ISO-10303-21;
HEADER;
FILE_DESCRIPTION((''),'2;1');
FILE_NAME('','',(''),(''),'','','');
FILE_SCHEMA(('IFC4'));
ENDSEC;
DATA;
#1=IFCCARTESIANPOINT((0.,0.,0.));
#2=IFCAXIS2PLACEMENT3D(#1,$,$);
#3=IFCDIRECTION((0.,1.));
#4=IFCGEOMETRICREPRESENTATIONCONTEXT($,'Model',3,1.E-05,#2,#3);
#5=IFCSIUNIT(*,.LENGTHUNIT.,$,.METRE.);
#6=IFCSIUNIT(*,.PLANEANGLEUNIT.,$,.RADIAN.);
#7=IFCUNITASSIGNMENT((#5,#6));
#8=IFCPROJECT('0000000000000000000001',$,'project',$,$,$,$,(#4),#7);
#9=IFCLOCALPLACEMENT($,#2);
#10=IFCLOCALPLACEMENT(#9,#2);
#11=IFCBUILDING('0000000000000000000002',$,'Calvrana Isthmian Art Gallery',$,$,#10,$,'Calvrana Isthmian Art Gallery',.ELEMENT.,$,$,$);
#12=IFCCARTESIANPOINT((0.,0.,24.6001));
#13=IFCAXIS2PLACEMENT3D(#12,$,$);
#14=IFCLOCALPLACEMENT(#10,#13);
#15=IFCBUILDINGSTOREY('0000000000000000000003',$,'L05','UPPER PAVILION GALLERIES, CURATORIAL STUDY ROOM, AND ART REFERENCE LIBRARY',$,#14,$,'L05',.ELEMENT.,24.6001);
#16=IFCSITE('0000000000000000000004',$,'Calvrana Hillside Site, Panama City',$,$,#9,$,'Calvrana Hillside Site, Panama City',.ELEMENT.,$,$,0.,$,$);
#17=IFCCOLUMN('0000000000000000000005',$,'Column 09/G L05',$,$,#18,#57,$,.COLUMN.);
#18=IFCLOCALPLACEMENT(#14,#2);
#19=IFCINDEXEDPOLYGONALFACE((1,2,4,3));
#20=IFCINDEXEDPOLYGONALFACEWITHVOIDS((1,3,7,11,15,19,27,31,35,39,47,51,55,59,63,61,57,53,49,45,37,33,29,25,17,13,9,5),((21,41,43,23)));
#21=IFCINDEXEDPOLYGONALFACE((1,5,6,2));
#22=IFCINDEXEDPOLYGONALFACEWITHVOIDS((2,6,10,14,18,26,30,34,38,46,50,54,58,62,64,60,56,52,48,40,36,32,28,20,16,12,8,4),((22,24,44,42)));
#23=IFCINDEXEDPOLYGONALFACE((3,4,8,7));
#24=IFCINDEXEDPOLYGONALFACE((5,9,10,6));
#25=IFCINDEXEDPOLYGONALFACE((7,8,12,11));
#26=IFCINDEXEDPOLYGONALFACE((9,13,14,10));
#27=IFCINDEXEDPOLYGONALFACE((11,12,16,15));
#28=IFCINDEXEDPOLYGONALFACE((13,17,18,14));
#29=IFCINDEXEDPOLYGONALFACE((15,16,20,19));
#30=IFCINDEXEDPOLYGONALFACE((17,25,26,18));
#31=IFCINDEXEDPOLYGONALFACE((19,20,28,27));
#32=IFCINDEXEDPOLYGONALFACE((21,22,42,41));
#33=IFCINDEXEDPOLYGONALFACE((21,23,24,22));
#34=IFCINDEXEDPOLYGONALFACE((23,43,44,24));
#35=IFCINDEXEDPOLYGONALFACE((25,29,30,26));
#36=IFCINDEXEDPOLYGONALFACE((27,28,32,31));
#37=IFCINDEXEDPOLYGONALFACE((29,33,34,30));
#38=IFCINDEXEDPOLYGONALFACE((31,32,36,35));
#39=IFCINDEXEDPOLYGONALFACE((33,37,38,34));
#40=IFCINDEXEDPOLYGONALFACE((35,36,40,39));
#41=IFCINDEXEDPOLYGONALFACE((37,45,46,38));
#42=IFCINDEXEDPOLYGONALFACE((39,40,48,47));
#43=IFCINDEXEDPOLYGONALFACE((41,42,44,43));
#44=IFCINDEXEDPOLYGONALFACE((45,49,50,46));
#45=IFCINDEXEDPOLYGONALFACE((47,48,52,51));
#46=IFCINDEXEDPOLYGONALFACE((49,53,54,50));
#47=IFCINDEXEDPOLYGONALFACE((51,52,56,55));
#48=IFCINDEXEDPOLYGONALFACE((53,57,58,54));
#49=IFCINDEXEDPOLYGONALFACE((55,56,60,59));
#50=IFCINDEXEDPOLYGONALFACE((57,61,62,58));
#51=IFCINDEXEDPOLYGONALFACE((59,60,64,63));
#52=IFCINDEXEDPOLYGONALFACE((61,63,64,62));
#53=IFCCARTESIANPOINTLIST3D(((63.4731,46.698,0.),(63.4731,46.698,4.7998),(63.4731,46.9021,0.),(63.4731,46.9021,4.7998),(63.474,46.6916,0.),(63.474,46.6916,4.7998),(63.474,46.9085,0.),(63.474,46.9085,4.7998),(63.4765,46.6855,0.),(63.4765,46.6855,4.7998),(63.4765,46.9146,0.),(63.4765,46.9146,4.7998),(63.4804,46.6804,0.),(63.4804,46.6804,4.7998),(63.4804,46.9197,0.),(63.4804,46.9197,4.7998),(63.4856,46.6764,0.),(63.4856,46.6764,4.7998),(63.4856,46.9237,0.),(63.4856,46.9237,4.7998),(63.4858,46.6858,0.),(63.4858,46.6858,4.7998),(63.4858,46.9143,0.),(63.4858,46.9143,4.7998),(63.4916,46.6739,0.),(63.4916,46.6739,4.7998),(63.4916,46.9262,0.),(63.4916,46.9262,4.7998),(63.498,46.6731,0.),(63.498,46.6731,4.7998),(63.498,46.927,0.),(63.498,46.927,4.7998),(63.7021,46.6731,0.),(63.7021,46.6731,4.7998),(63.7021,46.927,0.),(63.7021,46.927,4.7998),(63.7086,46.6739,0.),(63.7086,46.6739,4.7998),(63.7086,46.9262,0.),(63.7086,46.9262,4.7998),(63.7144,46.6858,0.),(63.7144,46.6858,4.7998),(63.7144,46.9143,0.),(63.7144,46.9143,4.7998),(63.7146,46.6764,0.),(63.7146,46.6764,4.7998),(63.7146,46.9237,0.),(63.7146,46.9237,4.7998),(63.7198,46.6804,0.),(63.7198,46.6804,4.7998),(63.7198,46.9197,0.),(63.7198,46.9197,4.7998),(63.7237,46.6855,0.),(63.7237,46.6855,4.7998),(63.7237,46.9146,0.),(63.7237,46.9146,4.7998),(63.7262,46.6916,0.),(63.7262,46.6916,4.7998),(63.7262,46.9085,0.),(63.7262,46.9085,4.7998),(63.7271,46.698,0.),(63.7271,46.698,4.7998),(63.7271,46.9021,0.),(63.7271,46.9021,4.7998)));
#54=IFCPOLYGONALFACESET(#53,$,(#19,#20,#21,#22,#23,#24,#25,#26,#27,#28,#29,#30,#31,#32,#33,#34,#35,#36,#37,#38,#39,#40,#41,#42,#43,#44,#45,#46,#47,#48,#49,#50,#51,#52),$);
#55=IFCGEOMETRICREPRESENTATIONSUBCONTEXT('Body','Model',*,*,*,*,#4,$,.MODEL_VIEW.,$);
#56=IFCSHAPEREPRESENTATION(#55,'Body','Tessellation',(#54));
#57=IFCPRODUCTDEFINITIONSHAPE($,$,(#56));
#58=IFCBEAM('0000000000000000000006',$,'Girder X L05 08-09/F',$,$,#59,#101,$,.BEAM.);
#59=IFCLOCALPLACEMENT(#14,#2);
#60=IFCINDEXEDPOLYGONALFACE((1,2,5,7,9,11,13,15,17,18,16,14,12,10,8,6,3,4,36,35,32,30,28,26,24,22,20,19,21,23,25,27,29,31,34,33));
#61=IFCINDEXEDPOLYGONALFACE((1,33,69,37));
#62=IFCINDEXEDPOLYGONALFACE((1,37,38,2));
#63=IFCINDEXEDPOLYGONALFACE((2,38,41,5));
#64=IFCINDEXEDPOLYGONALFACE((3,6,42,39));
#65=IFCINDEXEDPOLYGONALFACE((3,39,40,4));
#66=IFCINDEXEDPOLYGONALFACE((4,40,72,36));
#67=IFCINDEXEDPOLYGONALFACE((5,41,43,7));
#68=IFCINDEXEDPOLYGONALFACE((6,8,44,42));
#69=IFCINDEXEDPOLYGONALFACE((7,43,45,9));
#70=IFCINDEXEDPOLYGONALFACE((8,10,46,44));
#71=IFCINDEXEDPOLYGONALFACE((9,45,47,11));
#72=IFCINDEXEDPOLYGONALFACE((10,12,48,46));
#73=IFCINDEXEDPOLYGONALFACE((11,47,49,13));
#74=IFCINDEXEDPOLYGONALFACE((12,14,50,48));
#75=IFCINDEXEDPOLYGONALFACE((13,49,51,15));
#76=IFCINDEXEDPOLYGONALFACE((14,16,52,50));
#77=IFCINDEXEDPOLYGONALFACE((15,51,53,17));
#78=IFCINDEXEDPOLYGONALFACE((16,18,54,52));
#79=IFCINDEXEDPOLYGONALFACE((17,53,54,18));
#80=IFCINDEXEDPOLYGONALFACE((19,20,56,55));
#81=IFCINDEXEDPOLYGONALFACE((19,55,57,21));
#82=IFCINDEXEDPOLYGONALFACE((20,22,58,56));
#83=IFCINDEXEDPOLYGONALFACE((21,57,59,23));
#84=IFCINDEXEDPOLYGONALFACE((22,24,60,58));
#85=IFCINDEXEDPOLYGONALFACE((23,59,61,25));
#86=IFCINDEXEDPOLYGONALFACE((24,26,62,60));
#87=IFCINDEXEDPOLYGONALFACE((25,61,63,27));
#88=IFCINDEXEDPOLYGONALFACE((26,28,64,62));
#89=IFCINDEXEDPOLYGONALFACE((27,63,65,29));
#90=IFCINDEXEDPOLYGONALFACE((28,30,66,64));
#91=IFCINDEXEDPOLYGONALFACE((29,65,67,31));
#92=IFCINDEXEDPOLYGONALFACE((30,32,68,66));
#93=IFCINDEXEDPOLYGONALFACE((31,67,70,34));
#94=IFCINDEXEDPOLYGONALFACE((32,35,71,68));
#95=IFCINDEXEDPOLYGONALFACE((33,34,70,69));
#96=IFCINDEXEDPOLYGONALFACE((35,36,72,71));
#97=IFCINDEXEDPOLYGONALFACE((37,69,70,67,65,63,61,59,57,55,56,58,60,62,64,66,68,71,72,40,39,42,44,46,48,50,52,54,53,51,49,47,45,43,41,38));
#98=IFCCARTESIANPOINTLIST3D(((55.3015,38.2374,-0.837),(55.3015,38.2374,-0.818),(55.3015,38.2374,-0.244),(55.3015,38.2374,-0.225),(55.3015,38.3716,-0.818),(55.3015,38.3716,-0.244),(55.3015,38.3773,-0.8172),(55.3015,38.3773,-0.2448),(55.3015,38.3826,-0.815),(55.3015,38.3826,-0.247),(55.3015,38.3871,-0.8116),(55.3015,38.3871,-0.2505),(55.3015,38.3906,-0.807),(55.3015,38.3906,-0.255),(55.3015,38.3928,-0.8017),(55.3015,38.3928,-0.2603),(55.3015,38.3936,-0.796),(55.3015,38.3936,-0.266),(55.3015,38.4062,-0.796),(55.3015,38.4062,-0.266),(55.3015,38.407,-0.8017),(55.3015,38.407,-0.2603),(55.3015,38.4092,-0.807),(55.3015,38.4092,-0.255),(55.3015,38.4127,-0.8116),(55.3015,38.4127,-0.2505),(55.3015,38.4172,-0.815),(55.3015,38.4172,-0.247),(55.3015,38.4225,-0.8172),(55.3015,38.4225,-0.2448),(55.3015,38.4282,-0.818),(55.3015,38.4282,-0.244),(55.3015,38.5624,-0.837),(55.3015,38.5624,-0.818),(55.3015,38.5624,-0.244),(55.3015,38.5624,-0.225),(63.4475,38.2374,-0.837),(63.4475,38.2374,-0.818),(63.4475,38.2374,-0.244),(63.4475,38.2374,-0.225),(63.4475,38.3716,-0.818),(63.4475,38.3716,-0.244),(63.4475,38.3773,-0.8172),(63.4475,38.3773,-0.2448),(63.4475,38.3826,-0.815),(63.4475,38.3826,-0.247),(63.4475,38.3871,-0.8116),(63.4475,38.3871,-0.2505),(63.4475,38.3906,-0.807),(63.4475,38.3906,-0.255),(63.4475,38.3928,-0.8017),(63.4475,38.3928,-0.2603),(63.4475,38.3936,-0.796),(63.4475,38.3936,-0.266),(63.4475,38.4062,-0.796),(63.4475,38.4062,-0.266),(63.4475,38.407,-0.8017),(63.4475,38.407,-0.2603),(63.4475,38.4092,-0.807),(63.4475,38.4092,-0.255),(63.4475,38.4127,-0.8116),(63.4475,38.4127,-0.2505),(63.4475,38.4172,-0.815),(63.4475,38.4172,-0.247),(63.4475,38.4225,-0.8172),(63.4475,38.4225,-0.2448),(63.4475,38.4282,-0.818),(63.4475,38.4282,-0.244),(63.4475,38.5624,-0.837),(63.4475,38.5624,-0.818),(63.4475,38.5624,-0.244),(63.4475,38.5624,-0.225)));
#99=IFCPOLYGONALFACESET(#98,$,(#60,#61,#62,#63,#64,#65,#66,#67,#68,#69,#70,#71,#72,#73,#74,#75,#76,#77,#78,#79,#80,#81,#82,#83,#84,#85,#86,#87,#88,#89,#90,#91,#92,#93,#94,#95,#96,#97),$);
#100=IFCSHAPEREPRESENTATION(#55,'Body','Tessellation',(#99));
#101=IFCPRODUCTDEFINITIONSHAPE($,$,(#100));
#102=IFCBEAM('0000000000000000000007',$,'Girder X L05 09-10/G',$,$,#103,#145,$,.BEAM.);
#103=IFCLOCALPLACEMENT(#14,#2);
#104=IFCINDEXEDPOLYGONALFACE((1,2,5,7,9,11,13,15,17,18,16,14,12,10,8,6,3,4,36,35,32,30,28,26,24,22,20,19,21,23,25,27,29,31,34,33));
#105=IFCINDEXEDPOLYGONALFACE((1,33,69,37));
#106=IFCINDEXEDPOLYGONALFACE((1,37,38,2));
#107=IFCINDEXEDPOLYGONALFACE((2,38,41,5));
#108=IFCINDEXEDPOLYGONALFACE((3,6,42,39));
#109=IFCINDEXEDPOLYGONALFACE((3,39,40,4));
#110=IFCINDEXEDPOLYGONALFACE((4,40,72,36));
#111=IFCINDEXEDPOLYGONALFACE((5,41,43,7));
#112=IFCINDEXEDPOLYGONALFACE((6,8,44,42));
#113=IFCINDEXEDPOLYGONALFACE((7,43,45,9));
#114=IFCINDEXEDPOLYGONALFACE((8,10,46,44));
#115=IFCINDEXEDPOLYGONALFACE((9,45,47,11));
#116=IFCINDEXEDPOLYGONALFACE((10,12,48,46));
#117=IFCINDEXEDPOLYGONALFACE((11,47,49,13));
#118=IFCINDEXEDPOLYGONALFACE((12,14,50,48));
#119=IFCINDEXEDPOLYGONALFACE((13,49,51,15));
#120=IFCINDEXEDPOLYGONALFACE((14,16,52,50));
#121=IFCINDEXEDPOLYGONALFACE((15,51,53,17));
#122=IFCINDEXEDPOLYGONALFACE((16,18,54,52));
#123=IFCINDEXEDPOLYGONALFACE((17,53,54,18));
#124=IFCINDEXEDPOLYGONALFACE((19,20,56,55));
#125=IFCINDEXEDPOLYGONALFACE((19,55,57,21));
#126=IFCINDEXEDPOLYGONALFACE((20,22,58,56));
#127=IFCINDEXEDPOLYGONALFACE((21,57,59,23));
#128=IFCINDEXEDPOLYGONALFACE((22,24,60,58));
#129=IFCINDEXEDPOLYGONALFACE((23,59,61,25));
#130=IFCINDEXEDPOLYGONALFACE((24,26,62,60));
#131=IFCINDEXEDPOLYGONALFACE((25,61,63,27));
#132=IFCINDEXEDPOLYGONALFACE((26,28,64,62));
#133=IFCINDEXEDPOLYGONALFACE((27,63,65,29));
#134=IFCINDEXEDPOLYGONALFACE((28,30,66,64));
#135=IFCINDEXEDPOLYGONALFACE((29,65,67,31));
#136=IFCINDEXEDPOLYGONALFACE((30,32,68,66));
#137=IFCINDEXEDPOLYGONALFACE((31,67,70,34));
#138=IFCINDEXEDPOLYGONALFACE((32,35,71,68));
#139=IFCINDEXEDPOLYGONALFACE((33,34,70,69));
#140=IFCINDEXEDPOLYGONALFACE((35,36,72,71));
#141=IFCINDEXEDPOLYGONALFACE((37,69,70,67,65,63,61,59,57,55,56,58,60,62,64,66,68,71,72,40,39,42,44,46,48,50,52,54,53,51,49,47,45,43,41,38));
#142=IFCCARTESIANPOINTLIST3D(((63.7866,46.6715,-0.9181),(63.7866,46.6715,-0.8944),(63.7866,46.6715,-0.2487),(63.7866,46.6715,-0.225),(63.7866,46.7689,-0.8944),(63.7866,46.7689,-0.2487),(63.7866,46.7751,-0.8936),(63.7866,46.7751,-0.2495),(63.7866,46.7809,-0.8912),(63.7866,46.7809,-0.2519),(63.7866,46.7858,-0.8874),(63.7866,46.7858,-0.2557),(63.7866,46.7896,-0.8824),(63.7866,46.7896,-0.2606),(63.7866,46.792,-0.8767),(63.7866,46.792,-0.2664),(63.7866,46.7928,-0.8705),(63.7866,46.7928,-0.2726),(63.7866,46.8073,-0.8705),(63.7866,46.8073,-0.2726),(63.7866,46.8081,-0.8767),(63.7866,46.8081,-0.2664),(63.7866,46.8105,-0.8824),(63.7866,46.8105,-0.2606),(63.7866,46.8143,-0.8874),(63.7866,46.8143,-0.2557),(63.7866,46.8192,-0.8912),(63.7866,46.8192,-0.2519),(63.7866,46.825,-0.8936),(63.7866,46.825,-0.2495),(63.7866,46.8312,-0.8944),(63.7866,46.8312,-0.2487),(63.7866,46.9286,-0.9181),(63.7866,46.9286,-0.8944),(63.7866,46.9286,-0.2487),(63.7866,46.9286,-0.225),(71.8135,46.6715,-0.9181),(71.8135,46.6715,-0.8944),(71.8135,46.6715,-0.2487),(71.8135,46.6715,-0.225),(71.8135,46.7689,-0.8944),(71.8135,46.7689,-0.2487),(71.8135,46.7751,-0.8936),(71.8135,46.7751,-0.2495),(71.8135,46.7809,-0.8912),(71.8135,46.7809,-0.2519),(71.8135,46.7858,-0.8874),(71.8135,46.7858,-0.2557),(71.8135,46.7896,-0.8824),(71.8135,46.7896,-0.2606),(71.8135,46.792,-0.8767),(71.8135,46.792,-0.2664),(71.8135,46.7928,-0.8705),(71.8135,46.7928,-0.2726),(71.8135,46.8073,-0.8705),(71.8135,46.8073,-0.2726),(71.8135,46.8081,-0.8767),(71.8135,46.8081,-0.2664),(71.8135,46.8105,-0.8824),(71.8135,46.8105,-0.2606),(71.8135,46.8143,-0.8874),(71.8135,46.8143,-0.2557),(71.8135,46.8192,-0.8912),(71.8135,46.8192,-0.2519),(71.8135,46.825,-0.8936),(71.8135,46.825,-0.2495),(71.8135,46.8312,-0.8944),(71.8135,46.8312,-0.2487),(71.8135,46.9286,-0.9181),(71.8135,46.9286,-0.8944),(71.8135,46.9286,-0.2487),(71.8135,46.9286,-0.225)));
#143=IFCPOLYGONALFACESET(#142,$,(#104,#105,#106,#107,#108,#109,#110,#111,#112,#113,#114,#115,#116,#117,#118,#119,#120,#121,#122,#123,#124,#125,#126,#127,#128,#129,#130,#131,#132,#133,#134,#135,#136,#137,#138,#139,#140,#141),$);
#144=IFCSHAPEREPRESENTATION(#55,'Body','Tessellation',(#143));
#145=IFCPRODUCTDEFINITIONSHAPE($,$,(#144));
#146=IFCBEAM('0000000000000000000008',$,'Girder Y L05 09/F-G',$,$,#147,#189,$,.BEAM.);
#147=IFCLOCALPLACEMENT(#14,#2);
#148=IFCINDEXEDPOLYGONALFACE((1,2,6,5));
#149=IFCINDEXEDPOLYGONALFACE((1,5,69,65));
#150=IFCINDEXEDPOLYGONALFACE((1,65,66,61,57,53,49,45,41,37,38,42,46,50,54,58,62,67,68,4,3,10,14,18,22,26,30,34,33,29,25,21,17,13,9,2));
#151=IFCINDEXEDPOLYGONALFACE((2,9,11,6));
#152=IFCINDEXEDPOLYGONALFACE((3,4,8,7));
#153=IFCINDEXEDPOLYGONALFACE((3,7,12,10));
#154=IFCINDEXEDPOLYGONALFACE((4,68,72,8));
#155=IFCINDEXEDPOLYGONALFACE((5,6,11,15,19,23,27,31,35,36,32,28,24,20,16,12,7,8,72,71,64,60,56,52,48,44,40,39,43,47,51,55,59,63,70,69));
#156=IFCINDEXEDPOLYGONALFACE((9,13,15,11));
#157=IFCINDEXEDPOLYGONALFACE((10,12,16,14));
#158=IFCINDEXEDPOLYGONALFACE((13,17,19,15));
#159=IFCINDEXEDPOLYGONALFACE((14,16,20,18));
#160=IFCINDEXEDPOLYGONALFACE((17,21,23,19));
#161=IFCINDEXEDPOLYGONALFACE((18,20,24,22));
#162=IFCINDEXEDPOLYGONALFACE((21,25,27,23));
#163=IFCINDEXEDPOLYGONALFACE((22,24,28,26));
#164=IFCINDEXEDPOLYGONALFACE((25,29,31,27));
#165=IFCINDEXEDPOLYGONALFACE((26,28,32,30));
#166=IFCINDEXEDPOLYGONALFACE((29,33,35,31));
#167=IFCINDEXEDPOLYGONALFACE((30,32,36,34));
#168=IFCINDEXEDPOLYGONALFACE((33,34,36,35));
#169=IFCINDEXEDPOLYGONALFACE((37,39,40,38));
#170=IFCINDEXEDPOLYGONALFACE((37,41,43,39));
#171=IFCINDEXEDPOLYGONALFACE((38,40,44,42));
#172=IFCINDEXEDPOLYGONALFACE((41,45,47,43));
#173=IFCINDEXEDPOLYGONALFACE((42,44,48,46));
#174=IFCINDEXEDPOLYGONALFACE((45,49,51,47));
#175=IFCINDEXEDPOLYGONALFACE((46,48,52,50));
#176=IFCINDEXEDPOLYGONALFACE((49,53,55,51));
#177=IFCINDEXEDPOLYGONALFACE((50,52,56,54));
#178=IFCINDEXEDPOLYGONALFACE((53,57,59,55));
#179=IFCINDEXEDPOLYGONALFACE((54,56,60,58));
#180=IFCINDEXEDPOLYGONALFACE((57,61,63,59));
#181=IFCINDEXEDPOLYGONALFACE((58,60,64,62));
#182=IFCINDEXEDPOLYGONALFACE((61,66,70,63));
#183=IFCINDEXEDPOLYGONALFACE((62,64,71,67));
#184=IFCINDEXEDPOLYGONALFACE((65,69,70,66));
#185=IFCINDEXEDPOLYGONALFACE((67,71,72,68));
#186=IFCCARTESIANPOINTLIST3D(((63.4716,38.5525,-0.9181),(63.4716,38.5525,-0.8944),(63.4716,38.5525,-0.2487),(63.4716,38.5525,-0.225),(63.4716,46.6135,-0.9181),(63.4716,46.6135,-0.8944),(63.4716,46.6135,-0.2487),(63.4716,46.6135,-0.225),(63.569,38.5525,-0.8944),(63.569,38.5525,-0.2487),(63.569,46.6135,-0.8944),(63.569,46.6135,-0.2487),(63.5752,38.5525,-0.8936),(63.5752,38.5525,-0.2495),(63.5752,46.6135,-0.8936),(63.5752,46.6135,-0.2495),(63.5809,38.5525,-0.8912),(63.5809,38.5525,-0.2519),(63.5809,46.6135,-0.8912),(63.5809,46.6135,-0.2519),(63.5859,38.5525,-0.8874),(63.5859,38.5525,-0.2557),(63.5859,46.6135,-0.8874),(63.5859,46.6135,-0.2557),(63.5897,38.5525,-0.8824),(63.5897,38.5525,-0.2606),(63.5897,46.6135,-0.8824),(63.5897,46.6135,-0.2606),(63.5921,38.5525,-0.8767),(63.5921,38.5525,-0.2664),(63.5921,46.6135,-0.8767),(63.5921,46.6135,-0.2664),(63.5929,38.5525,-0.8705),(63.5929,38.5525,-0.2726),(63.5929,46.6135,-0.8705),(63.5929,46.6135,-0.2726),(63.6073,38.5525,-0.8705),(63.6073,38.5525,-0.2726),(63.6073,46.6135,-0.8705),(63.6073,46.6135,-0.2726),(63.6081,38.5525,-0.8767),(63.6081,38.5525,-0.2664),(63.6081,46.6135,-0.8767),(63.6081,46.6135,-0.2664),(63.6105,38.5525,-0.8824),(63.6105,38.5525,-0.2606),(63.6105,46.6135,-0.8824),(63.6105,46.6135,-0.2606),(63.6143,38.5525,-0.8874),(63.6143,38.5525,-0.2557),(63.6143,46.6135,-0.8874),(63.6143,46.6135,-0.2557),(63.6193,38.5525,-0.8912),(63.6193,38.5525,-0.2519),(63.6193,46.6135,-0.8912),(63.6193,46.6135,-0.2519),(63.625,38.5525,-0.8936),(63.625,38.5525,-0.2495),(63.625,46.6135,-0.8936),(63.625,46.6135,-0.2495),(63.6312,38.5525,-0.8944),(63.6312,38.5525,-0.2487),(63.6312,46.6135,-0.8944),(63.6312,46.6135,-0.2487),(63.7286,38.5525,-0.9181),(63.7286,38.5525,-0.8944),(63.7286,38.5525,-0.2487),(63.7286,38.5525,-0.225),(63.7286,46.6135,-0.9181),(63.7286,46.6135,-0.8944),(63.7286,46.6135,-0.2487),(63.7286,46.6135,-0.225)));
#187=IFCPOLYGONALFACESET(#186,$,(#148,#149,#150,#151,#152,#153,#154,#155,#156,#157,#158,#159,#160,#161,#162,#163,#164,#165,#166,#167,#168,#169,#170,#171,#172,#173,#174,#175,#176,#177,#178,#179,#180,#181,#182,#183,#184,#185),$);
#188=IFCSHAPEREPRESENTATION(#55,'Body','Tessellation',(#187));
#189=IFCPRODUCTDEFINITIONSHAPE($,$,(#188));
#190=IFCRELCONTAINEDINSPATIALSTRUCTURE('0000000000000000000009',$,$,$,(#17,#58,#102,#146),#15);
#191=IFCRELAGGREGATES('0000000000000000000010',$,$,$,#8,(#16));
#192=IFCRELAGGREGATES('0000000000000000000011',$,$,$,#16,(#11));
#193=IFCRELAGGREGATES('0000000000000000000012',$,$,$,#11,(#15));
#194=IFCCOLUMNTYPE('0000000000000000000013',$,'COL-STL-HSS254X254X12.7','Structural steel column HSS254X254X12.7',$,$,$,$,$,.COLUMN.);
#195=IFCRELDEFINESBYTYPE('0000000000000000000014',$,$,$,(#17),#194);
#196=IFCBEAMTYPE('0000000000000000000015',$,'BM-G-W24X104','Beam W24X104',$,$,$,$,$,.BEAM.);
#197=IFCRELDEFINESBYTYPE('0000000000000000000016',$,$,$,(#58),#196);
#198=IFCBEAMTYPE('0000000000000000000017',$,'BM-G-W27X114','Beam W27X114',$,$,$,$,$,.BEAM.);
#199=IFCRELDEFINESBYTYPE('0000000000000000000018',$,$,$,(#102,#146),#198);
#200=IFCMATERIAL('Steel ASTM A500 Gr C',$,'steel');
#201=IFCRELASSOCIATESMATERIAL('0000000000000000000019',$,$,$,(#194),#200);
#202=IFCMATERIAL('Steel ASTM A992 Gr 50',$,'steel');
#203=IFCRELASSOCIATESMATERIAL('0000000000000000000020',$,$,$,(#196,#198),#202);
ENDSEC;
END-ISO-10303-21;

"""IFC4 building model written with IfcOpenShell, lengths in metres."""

from ifc_helpers import new_model, si_unit, direction, frame, origin, origin_2d, place, context, subcontext, project, spatial, hollow_rectangle, i_section, extrude, material, material_profile, profile_set, type_object, element, save


model = new_model("IFC4")

# Units and contexts
model_context = context("Model", 3, precision=1e-05, world=origin(), true_north=direction((0.0, 1.0)))
body_context = subcontext(model_context, "Body", "Model", "MODEL_VIEW")
ifc_project = project(units=[si_unit("LENGTHUNIT", "METRE"), si_unit("PLANEANGLEUNIT", "RADIAN")], contexts=[model_context])

# Site, building, storey
site_placement = place(None, origin())
site = spatial("IfcSite", under=ifc_project, at=site_placement, Name="Calvrana Hillside Site, Panama City", LongName="Calvrana Hillside Site, Panama City", CompositionType="ELEMENT", RefElevation=0.0)
building_placement = place(site_placement, origin())
building = spatial("IfcBuilding", under=site, at=building_placement, Name="Calvrana Isthmian Art Gallery", LongName="Calvrana Isthmian Art Gallery", CompositionType="ELEMENT")
storey_placement = place(building_placement, frame((0.0, 0.0, 24.6001)))
storey = spatial("IfcBuildingStorey", under=building, at=storey_placement, Name="L05", Description="UPPER PAVILION GALLERIES, CURATORIAL STUDY ROOM, AND ART REFERENCE LIBRARY", LongName="L05", CompositionType="ELEMENT", Elevation=24.6001)

# Column
ifc_material_1 = material(Name="Steel ASTM A500 Gr C", Category="steel")
ifc_material_profile_1 = material_profile(ifc_material_1, hollow_rectangle(XDim=0.2539, YDim=0.2539, WallThickness=0.0127, OuterFilletRadius=0.0249, at=origin_2d()), Name="HSS254X254X12.7")
ifc_profile_set_1 = profile_set([ifc_material_profile_1], Name="Steel ASTM A500 Gr C")
column_type = type_object("IfcColumnType", Name="COL-STL-HSS254X254X12.7", Description="Structural steel column HSS254X254X12.7", PredefinedType="COLUMN", material=ifc_profile_set_1)
column_placement = place(storey_placement, frame((63.6001, 46.8, 0.0), z_axis=(0.0, 0.0, 1.0), x_axis=(1.0, 0.0, 0.0)))
element("IfcColumn", 1, at=column_placement, inside=storey, type_object=column_type, Name="Column 09/G L05", PredefinedType="COLUMN", context=body_context, shape_type="SweptSolid", body=[
    extrude(hollow_rectangle(XDim=0.2539, YDim=0.2539, WallThickness=0.0127, OuterFilletRadius=0.0249, at=origin_2d()), origin(), (0.0, 0.0, 1.0), 4.7998),
])

# Beams
ifc_material_2 = material(Name="Steel ASTM A992 Gr 50", Category="steel")
ifc_material_profile_2 = material_profile(ifc_material_2, i_section(OverallWidth=0.325, OverallDepth=0.6121, WebThickness=0.0127, FlangeThickness=0.019, FilletRadius=0.022, at=origin_2d()), Name="W24X104")
ifc_profile_set_2 = profile_set([ifc_material_profile_2], Name="Steel ASTM A992 Gr 50")
beam_type_1 = type_object("IfcBeamType", Name="BM-G-W24X104", Description="Beam W24X104", PredefinedType="BEAM", material=ifc_profile_set_2)
beam_1_placement = place(storey_placement, frame((55.3015, 38.3999, -0.531), z_axis=(1.0, 0.0, 0.0), x_axis=(0.0, 1.0, 0.0)))
element("IfcBeam", 2, at=beam_1_placement, inside=storey, type_object=beam_type_1, Name="Girder X L05 08-09/F", PredefinedType="BEAM", context=body_context, shape_type="SweptSolid", body=[
    extrude(i_section(OverallWidth=0.325, OverallDepth=0.6121, WebThickness=0.0127, FlangeThickness=0.019, FilletRadius=0.022, at=origin_2d()), origin(), (0.0, 0.0, 1.0), 8.146),
])
ifc_material_profile_3 = material_profile(ifc_material_2, i_section(OverallWidth=0.2571, OverallDepth=0.6931, WebThickness=0.0144, FlangeThickness=0.0237, FilletRadius=0.0239, at=origin_2d()), Name="W27X114")
ifc_profile_set_3 = profile_set([ifc_material_profile_3], Name="Steel ASTM A992 Gr 50")
beam_type_2 = type_object("IfcBeamType", Name="BM-G-W27X114", Description="Beam W27X114", PredefinedType="BEAM", material=ifc_profile_set_3)
beam_2_placement = place(storey_placement, frame((63.7866, 46.8, -0.5715), z_axis=(1.0, 0.0, 0.0), x_axis=(0.0, 1.0, 0.0)))
element("IfcBeam", 3, at=beam_2_placement, inside=storey, type_object=beam_type_2, Name="Girder X L05 09-10/G", PredefinedType="BEAM", context=body_context, shape_type="SweptSolid", body=[
    extrude(i_section(OverallWidth=0.2571, OverallDepth=0.6931, WebThickness=0.0144, FlangeThickness=0.0237, FilletRadius=0.0239, at=origin_2d()), origin(), (0.0, 0.0, 1.0), 8.0269),
])
beam_3_placement = place(storey_placement, frame((63.6001, 38.5525, -0.5715), z_axis=(0.0, 1.0, 0.0), x_axis=(-1.0, 0.0, 0.0)))
element("IfcBeam", 4, at=beam_3_placement, inside=storey, type_object=beam_type_2, Name="Girder Y L05 09/F-G", PredefinedType="BEAM", context=body_context, shape_type="SweptSolid", body=[
    extrude(i_section(OverallWidth=0.2571, OverallDepth=0.6931, WebThickness=0.0144, FlangeThickness=0.0237, FilletRadius=0.0239, at=origin_2d()), origin(), (0.0, 0.0, 1.0), 8.061),
])

save(model, "model.ifc")
